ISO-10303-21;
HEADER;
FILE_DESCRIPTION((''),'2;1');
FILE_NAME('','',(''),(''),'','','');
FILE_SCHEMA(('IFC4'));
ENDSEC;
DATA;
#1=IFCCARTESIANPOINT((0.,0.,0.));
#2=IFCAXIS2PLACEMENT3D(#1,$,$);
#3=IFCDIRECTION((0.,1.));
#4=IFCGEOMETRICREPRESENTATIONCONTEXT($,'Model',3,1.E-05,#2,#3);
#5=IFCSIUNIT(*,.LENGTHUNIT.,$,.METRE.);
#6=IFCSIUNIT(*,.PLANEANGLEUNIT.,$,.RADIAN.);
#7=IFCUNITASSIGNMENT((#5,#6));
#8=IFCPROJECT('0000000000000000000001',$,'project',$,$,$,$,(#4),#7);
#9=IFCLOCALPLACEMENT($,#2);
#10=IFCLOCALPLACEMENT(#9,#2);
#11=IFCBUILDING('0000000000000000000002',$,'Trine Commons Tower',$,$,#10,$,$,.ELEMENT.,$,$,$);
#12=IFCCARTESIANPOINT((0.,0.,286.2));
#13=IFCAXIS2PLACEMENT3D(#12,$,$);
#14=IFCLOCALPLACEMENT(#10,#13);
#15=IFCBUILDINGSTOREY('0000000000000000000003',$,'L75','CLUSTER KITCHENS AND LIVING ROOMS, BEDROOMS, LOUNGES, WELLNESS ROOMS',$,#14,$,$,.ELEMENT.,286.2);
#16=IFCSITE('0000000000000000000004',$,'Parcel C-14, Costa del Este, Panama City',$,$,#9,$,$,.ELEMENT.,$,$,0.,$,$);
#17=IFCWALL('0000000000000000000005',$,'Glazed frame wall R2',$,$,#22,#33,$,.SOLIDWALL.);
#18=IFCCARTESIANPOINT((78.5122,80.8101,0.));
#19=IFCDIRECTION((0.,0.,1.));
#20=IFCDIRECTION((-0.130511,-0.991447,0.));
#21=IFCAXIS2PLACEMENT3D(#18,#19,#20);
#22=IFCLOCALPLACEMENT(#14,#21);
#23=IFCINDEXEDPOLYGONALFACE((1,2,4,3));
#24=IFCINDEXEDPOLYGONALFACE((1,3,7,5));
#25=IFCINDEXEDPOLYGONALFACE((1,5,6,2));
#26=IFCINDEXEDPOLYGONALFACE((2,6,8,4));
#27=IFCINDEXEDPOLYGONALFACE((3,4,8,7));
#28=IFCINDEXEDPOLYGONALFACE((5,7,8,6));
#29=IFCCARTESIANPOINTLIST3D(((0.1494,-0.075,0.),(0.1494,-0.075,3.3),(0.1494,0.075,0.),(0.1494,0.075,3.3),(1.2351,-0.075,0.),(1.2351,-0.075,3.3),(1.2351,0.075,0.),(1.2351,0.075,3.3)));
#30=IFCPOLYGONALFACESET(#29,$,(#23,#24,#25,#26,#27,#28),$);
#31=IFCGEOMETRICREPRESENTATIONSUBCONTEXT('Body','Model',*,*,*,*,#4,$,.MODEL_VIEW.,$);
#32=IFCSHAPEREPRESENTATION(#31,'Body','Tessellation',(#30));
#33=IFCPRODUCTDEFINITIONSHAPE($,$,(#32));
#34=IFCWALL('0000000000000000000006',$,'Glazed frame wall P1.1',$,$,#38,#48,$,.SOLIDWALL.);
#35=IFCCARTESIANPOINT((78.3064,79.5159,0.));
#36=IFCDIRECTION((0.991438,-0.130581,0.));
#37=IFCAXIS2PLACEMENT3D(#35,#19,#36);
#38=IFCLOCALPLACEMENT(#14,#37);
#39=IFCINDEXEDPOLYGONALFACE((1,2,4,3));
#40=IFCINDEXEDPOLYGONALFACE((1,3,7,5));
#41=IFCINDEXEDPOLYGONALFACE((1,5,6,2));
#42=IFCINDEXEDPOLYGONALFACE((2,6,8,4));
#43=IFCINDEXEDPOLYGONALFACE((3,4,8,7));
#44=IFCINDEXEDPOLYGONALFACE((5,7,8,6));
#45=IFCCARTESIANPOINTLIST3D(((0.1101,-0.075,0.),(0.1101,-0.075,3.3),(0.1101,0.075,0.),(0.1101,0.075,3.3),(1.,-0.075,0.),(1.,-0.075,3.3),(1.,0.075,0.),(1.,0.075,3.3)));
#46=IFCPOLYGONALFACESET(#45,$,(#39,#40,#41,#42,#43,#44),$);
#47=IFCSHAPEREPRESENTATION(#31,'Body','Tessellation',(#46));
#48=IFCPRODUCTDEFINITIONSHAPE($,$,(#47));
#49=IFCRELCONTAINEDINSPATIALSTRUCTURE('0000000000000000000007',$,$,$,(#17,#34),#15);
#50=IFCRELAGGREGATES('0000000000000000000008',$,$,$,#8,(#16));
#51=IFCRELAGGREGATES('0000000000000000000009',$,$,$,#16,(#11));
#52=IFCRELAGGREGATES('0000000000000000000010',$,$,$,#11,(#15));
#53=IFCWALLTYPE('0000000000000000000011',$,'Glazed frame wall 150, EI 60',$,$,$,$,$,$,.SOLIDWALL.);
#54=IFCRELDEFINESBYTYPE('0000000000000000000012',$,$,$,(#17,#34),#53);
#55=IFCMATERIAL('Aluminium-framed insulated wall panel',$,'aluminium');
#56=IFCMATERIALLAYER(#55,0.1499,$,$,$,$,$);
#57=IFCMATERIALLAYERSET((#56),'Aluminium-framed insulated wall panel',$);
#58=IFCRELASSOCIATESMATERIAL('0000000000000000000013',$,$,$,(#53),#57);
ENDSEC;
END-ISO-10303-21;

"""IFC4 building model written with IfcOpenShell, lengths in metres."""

from ifc_helpers import new_model, si_unit, direction, frame, origin, place, context, subcontext, project, spatial, polyline, outline, extrude, material, layer, layer_set, type_object, element, save


model = new_model("IFC4")

# Units and contexts
model_context = context("Model", 3, precision=1e-05, world=origin(), true_north=direction((0.0, 1.0)))
body_context = subcontext(model_context, "Body", "Model", "MODEL_VIEW")
ifc_project = project(units=[si_unit("LENGTHUNIT", "METRE"), si_unit("PLANEANGLEUNIT", "RADIAN")], contexts=[model_context])

# Site, building, storey
site_placement = place(None, origin())
site = spatial("IfcSite", under=ifc_project, at=site_placement, Name="Parcel C-14, Costa del Este, Panama City", CompositionType="ELEMENT", RefElevation=0.0)
building_placement = place(site_placement, origin())
building = spatial("IfcBuilding", under=site, at=building_placement, Name="Trine Commons Tower", CompositionType="ELEMENT")
storey_placement = place(building_placement, frame((0.0, 0.0, 286.2)))
storey = spatial("IfcBuildingStorey", under=building, at=storey_placement, Name="L75", Description="CLUSTER KITCHENS AND LIVING ROOMS, BEDROOMS, LOUNGES, WELLNESS ROOMS", CompositionType="ELEMENT", Elevation=286.2)

# Walls
ifc_material_1 = material(Name="Aluminium-framed insulated wall panel", Category="aluminium")
ifc_layer_1 = layer(ifc_material_1, 0.1499)
ifc_layer_set_1 = layer_set([ifc_layer_1], Name="Aluminium-framed insulated wall panel")
wall_type_1 = type_object("IfcWallType", Name="Glazed frame wall 150, EI 60", PredefinedType="SOLIDWALL", material=ifc_layer_set_1)
wall_1_placement = place(storey_placement, frame((78.5122, 80.8101, 0.0), z_axis=(0.0, 0.0, 1.0), x_axis=(-0.130511, -0.991447, 0.0)))
element("IfcWall", 1, at=wall_1_placement, inside=storey, type_object=wall_type_1, Name="Glazed frame wall R2", PredefinedType="SOLIDWALL", context=body_context, shape_type="SweptSolid", body=[
    extrude(outline(polyline([(0.1494, 0.075), (0.1494, -0.075), (1.2351, -0.075), (1.2351, 0.075), (0.1494, 0.075)])), origin(), (0.0, 0.0, 1.0), 3.3),
])
wall_2_placement = place(storey_placement, frame((78.3064, 79.5159, 0.0), z_axis=(0.0, 0.0, 1.0), x_axis=(0.991438, -0.130581, 0.0)))
element("IfcWall", 2, at=wall_2_placement, inside=storey, type_object=wall_type_1, Name="Glazed frame wall P1.1", PredefinedType="SOLIDWALL", context=body_context, shape_type="SweptSolid", body=[
    extrude(outline(polyline([(0.1101, -0.075), (1.0, -0.075), (1.0, 0.075), (0.1101, 0.075), (0.1101, -0.075)])), origin(), (0.0, 0.0, 1.0), 3.3),
])

save(model, "model.ifc")
